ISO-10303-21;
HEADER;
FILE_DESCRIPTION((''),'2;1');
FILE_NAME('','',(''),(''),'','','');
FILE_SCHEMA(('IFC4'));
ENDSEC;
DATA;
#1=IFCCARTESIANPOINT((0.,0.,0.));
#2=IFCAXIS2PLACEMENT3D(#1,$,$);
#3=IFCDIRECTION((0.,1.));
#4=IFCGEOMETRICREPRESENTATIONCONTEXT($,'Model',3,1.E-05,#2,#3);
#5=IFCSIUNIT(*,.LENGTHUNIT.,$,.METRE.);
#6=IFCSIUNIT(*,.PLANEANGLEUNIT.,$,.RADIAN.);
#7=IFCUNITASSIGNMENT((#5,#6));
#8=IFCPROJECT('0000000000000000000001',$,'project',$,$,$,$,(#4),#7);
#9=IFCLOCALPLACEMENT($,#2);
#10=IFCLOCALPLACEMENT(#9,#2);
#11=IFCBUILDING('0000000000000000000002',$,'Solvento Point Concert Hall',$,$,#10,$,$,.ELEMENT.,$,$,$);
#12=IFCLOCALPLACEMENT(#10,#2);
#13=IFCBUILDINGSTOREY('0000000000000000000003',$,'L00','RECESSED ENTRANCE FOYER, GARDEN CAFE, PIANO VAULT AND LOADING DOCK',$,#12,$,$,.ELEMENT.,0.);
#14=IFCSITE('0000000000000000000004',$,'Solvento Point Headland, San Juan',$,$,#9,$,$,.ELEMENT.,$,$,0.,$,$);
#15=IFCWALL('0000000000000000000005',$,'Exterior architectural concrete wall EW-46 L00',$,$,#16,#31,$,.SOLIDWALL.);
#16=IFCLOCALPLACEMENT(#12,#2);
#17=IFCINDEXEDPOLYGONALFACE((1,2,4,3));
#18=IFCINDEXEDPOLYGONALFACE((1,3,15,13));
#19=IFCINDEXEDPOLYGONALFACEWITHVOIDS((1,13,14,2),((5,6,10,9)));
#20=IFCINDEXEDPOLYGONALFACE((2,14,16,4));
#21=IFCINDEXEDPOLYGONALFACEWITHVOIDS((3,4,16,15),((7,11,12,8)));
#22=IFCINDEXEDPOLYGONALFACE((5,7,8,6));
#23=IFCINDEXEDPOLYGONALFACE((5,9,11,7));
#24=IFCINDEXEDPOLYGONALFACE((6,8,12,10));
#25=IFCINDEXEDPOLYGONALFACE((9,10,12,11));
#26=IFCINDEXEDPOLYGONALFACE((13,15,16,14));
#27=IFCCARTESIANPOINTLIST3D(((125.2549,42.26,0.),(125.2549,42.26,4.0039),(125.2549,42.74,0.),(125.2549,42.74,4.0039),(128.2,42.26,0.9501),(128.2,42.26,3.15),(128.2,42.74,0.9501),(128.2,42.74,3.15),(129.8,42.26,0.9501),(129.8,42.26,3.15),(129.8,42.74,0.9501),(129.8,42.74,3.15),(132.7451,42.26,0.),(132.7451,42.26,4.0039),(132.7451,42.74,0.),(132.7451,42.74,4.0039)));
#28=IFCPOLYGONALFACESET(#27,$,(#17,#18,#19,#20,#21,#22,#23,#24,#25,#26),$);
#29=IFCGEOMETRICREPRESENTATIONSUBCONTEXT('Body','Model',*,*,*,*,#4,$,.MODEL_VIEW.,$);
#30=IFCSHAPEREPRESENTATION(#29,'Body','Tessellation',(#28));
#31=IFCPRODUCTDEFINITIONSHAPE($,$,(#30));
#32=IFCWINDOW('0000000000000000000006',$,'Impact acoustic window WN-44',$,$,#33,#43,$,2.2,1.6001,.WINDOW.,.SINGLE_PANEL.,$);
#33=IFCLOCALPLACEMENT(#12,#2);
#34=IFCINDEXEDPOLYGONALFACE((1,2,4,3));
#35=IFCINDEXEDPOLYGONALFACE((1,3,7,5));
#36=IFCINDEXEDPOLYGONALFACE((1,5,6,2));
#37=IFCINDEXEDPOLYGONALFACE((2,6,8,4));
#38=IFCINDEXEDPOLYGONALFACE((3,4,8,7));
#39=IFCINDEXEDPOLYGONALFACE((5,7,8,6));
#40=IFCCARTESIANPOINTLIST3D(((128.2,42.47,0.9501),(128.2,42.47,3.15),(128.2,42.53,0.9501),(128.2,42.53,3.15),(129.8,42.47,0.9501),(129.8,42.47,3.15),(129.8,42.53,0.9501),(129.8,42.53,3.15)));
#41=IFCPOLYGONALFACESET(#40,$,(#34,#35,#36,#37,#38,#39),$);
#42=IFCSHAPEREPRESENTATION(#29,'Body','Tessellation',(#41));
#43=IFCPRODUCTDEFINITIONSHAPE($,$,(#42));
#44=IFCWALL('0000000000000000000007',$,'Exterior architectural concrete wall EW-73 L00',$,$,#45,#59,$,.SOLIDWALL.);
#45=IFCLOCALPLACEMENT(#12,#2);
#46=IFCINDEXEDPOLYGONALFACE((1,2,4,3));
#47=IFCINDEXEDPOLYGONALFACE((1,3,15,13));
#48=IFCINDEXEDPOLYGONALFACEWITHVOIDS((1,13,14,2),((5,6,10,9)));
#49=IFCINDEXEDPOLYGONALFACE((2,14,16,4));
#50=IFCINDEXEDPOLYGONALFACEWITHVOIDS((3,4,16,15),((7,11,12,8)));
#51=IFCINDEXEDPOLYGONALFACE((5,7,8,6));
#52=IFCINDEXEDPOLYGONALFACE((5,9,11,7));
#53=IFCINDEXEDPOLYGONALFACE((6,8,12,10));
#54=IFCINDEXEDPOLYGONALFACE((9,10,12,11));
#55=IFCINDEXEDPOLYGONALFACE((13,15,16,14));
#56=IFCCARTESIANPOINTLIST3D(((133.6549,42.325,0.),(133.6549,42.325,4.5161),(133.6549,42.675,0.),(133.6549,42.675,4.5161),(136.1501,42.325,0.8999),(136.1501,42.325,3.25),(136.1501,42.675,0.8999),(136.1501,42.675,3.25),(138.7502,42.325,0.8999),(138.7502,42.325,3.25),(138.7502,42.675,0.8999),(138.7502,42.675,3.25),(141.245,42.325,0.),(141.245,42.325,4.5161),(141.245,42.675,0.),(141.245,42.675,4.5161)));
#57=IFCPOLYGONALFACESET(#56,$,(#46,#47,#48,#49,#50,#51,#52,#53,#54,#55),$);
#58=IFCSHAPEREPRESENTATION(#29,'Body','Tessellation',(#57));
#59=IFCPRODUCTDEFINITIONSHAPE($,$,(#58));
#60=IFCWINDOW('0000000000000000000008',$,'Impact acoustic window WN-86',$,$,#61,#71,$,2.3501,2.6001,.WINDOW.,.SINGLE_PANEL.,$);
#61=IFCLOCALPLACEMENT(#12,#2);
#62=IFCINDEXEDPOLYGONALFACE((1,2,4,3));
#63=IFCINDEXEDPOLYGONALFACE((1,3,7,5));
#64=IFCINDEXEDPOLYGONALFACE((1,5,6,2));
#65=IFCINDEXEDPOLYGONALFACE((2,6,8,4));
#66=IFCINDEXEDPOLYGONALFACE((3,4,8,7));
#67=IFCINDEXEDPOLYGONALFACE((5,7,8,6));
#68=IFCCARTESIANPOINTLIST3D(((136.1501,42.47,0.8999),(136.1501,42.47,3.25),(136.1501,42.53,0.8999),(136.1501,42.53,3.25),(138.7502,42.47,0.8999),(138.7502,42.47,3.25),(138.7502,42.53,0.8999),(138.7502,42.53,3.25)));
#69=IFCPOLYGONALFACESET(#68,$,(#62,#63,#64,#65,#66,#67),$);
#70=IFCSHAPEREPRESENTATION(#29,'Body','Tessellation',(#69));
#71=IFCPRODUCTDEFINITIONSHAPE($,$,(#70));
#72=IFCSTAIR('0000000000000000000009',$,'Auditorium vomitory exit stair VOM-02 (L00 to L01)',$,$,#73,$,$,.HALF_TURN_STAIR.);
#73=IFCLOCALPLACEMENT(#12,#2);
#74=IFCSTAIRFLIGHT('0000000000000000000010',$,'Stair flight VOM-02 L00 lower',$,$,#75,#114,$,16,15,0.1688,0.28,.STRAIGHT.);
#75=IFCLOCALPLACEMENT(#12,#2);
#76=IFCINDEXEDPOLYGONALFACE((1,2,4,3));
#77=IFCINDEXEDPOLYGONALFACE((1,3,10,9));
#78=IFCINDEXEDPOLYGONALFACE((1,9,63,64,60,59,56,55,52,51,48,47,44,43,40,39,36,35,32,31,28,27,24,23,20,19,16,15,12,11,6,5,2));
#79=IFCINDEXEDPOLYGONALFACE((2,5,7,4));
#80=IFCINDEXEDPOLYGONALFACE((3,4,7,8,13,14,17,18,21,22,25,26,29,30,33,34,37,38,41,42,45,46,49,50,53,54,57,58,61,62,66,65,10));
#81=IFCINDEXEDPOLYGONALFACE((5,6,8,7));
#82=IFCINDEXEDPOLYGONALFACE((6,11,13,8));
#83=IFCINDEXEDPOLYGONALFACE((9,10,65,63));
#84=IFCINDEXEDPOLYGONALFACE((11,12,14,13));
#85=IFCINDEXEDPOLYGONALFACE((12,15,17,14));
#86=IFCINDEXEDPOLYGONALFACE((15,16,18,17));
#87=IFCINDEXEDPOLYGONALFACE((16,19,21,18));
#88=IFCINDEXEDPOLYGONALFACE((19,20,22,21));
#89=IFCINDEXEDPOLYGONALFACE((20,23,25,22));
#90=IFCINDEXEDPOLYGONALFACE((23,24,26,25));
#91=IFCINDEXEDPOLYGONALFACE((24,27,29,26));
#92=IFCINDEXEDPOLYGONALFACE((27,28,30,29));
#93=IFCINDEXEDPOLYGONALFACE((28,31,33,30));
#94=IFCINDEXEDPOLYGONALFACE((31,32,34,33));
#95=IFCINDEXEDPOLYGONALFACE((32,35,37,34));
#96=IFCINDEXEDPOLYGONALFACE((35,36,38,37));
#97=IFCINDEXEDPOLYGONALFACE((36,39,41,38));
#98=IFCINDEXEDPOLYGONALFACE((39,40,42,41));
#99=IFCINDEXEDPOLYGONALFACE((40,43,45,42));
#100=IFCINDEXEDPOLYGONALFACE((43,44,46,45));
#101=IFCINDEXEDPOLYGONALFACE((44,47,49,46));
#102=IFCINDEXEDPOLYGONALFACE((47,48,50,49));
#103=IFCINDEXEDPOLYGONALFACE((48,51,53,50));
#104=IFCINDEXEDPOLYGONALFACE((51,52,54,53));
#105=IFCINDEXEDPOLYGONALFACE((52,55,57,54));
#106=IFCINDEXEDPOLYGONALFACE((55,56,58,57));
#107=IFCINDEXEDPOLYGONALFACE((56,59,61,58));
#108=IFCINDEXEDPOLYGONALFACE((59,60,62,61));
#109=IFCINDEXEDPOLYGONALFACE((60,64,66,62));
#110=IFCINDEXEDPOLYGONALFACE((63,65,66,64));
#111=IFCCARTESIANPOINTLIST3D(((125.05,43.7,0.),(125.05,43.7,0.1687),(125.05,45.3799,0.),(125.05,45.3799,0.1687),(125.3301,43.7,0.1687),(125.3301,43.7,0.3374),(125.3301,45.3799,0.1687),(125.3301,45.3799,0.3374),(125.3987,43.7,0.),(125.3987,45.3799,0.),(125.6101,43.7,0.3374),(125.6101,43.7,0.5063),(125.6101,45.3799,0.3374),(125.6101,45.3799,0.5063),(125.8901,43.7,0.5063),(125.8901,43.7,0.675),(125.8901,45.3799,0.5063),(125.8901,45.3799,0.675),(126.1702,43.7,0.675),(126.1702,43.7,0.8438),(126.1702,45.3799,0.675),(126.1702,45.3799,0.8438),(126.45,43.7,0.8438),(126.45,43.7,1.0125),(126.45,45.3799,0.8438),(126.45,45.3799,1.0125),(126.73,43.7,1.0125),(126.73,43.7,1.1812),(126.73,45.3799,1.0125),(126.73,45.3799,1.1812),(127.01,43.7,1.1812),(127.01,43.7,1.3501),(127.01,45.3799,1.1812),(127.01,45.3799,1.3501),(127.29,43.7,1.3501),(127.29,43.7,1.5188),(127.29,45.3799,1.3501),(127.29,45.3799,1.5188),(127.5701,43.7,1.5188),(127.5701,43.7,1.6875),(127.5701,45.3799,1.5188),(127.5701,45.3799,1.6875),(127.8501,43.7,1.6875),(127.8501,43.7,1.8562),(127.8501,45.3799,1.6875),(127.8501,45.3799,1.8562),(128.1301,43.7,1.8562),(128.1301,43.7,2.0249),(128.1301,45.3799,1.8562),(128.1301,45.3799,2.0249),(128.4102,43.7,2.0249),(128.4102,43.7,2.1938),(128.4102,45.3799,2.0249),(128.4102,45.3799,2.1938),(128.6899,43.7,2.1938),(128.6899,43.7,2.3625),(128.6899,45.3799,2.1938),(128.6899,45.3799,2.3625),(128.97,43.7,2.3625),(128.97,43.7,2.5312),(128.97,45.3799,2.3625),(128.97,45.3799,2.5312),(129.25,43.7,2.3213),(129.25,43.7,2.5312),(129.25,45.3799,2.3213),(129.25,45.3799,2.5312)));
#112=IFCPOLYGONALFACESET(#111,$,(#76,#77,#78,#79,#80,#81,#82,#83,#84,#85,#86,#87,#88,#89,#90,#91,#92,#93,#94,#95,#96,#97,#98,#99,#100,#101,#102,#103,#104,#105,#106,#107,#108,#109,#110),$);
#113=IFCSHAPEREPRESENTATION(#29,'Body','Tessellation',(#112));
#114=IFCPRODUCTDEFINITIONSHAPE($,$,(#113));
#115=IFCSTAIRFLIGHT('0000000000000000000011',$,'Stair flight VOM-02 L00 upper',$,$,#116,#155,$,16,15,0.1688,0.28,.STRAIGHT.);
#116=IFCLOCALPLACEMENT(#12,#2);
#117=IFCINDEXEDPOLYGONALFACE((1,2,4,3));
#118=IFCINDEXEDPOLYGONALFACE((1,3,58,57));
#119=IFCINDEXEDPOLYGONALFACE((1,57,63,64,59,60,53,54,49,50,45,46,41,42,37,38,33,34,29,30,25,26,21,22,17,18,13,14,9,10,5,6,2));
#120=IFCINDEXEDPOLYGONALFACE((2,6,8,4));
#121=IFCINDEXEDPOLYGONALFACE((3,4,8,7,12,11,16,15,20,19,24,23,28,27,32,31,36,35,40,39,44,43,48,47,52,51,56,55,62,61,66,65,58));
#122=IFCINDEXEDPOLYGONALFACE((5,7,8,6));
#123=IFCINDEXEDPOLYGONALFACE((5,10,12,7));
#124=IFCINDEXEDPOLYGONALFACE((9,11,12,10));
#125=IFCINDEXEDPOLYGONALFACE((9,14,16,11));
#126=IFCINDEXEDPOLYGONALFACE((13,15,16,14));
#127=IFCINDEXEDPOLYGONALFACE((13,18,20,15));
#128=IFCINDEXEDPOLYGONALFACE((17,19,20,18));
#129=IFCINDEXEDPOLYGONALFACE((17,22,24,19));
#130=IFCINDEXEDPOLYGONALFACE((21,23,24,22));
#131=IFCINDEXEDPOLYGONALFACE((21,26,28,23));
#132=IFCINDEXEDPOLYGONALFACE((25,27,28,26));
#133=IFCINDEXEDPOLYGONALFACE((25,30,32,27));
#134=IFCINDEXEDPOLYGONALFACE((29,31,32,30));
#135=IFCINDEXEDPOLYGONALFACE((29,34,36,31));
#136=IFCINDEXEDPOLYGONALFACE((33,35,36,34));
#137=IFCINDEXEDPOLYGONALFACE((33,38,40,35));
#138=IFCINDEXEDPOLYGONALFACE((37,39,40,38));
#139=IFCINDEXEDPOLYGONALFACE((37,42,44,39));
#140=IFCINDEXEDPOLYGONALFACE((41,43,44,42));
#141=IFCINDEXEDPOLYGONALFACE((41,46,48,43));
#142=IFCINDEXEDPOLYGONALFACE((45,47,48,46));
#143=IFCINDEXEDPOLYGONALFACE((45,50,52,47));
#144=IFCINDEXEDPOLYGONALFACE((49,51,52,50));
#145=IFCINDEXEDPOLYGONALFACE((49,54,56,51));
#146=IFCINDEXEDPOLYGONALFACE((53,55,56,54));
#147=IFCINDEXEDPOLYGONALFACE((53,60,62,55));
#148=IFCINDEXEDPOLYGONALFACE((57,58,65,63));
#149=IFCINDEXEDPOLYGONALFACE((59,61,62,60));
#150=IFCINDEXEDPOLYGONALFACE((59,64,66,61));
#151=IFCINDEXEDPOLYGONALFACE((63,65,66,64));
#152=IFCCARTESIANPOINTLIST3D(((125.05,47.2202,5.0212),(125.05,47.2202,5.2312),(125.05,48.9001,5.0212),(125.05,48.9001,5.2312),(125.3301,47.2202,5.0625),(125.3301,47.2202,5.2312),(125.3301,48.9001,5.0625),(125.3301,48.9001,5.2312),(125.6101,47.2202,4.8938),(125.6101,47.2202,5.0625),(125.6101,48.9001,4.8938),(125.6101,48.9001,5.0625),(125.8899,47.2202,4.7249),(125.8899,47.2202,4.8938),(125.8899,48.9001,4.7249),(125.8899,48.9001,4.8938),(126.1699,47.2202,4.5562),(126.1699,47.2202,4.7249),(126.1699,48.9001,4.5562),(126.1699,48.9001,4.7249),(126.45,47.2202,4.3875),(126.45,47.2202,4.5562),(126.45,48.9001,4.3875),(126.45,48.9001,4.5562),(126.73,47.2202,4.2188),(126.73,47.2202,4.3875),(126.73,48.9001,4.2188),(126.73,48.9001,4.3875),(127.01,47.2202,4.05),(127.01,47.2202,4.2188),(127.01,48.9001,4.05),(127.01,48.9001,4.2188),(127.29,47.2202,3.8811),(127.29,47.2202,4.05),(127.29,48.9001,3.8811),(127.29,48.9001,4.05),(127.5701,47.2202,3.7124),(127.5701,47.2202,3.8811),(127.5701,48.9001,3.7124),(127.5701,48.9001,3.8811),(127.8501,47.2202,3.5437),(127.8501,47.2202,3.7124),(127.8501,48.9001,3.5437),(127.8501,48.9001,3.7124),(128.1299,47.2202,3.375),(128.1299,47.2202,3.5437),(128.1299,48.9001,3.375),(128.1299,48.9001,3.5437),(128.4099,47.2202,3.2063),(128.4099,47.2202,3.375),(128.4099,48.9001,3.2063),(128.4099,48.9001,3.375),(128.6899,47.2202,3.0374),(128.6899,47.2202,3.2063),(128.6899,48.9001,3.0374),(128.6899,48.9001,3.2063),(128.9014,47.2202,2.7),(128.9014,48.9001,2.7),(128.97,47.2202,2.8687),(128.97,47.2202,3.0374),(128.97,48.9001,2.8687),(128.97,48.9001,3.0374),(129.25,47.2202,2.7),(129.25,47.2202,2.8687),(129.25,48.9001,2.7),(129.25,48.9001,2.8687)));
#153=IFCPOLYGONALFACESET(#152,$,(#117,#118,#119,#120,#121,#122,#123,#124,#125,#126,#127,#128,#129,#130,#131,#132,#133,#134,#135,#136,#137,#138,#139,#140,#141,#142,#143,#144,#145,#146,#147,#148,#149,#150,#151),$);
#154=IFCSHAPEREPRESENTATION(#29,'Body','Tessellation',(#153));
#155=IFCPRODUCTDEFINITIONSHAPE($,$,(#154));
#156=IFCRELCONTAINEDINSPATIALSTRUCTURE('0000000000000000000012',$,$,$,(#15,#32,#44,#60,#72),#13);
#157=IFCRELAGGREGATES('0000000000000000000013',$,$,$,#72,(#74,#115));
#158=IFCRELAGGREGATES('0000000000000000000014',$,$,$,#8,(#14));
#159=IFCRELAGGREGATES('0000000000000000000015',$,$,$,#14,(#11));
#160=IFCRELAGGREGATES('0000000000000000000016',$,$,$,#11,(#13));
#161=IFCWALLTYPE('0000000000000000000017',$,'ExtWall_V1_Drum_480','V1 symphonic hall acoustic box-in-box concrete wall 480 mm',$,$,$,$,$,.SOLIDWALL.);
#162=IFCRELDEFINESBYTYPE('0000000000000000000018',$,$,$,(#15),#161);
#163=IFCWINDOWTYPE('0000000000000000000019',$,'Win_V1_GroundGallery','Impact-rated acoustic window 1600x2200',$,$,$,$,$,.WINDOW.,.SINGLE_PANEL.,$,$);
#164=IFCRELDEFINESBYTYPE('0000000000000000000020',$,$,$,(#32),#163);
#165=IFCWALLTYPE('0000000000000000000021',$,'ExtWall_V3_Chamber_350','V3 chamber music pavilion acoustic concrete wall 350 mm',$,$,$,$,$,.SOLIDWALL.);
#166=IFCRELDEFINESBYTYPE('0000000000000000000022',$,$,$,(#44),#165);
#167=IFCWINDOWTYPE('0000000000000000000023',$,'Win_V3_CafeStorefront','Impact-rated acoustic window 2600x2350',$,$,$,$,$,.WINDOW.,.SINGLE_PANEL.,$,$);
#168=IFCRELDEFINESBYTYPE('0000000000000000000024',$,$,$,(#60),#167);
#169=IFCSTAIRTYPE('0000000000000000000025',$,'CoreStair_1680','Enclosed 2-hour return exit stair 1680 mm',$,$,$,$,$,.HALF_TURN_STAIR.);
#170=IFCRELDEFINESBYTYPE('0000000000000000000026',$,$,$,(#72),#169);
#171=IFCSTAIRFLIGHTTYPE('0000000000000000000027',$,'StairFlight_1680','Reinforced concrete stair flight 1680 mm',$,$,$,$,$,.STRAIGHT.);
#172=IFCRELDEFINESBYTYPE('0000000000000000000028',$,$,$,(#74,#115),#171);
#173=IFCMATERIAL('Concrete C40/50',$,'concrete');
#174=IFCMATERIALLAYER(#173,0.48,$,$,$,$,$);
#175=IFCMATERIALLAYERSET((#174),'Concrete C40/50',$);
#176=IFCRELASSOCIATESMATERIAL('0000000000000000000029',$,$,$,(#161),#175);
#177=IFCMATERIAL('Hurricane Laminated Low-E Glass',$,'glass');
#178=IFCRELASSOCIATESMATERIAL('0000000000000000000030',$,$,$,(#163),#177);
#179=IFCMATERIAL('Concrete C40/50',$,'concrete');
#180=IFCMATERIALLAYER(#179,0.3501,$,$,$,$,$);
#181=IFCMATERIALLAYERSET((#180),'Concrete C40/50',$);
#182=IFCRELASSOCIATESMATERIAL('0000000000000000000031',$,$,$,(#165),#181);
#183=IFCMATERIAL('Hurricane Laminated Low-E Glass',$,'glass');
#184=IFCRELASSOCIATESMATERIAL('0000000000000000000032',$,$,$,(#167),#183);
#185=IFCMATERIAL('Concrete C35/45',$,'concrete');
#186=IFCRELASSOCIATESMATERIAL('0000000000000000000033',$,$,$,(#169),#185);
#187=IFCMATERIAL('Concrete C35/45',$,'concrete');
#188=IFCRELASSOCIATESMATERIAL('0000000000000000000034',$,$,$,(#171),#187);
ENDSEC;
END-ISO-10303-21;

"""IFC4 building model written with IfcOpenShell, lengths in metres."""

from ifc_helpers import new_model, si_unit, direction, frame, frame_2d, origin, place, context, subcontext, project, spatial, polyline, rectangle, outline, extrude, material, layer, layer_set, type_object, element, fill, aggregate, save


model = new_model("IFC4")

# Units and contexts
model_context = context("Model", 3, precision=1e-05, world=origin(), true_north=direction((0.0, 1.0)))
body_context = subcontext(model_context, "Body", "Model", "MODEL_VIEW")
ifc_project = project(units=[si_unit("LENGTHUNIT", "METRE"), si_unit("PLANEANGLEUNIT", "RADIAN")], contexts=[model_context])

# Site, building, storey
site_placement = place(None, origin())
site = spatial("IfcSite", under=ifc_project, at=site_placement, Name="Solvento Point Headland, San Juan", CompositionType="ELEMENT", RefElevation=0.0)
building_placement = place(site_placement, origin())
building = spatial("IfcBuilding", under=site, at=building_placement, Name="Solvento Point Concert Hall", CompositionType="ELEMENT")
storey_placement = place(building_placement, origin())
storey = spatial("IfcBuildingStorey", under=building, at=storey_placement, Name="L00", Description="RECESSED ENTRANCE FOYER, GARDEN CAFE, PIANO VAULT AND LOADING DOCK", CompositionType="ELEMENT", Elevation=0.0)

# Shared definitions
ifc_material_1 = material(Name="Concrete C40/50", Category="concrete")
ifc_layer_1 = layer(ifc_material_1, 0.48)
ifc_layer_set_1 = layer_set([ifc_layer_1], Name="Concrete C40/50")
wall_type_1 = type_object("IfcWallType", Name="ExtWall_V1_Drum_480", Description="V1 symphonic hall acoustic box-in-box concrete wall 480 mm", PredefinedType="SOLIDWALL", material=ifc_layer_set_1)

# Walls, openings, windows
wall_1_placement = place(storey_placement, frame((132.7451, 42.5, 0.0), z_axis=(0.0, 0.0, 1.0), x_axis=(-1.0, 0.0, 0.0)))
wall_1 = element("IfcWall", 1, at=wall_1_placement, inside=storey, type_object=wall_type_1, Name="Exterior architectural concrete wall EW-46 L00", PredefinedType="SOLIDWALL", context=body_context, shape_type="SweptSolid", body=[
    extrude(rectangle(XDim=7.4902, YDim=0.48, at=frame_2d((3.7451, 0.0))), origin(), (0.0, 0.0, 1.0), 4.0039),
])
opening_1_placement = place(wall_1_placement, frame((2.9451, 0.0, 0.95)))
opening_1 = element("IfcOpeningElement", 2, at=opening_1_placement, cuts=wall_1, PredefinedType="OPENING", context=body_context, shape_type="SweptSolid", body=[
    extrude(rectangle(XDim=1.6001, YDim=2.2, at=frame_2d((0.8, 1.1001))), frame((0.0, 0.25, 0.0), z_axis=(0.0, -1.0, 0.0), x_axis=(1.0, 0.0, 0.0)), (0.0, 0.0, 1.0), 0.5),
])
ifc_material_2 = material(Name="Hurricane Laminated Low-E Glass", Category="glass")
window_type_1 = type_object("IfcWindowType", Name="Win_V1_GroundGallery", Description="Impact-rated acoustic window 1600x2200", PartitioningType="SINGLE_PANEL", PredefinedType="WINDOW", material=ifc_material_2)
window_1_placement = place(opening_1_placement, origin())
window_1 = element("IfcWindow", 3, at=window_1_placement, inside=storey, type_object=window_type_1, Name="Impact acoustic window WN-44", OverallHeight=2.2, OverallWidth=1.6001, PartitioningType="SINGLE_PANEL", PredefinedType="WINDOW", context=body_context, shape_type="SweptSolid", body=[
    extrude(rectangle(XDim=1.6001, YDim=2.2, at=frame_2d((0.8, 1.1001))), frame((0.0, 0.03, 0.0), z_axis=(0.0, -1.0, 0.0), x_axis=(1.0, 0.0, 0.0)), (0.0, 0.0, 1.0), 0.0601),
])
fill(opening_1, window_1)
ifc_material_3 = material(Name="Concrete C40/50", Category="concrete")
ifc_layer_2 = layer(ifc_material_3, 0.3501)
ifc_layer_set_2 = layer_set([ifc_layer_2], Name="Concrete C40/50")
wall_type_2 = type_object("IfcWallType", Name="ExtWall_V3_Chamber_350", Description="V3 chamber music pavilion acoustic concrete wall 350 mm", PredefinedType="SOLIDWALL", material=ifc_layer_set_2)
wall_2_placement = place(storey_placement, frame((133.655, 42.5, 0.0), z_axis=(0.0, 0.0, 1.0), x_axis=(1.0, 0.0, 0.0)))
wall_2 = element("IfcWall", 4, at=wall_2_placement, inside=storey, type_object=wall_type_2, Name="Exterior architectural concrete wall EW-73 L00", PredefinedType="SOLIDWALL", context=body_context, shape_type="SweptSolid", body=[
    extrude(rectangle(XDim=7.5901, YDim=0.3501, at=frame_2d((3.7949, 0.0))), origin(), (0.0, 0.0, 1.0), 4.5161),
])
opening_2_placement = place(wall_2_placement, frame((2.4951, 0.0, 0.8999)))
opening_2 = element("IfcOpeningElement", 5, at=opening_2_placement, cuts=wall_2, PredefinedType="OPENING", context=body_context, shape_type="SweptSolid", body=[
    extrude(rectangle(XDim=2.6001, YDim=2.3501, at=frame_2d((1.3, 1.175))), frame((0.0, 0.1851, 0.0), z_axis=(0.0, -1.0, 0.0), x_axis=(1.0, 0.0, 0.0)), (0.0, 0.0, 1.0), 0.3701),
])
ifc_material_4 = material(Name="Hurricane Laminated Low-E Glass", Category="glass")
window_type_2 = type_object("IfcWindowType", Name="Win_V3_CafeStorefront", Description="Impact-rated acoustic window 2600x2350", PartitioningType="SINGLE_PANEL", PredefinedType="WINDOW", material=ifc_material_4)
window_2_placement = place(opening_2_placement, origin())
window_2 = element("IfcWindow", 6, at=window_2_placement, inside=storey, type_object=window_type_2, Name="Impact acoustic window WN-86", OverallHeight=2.3501, OverallWidth=2.6001, PartitioningType="SINGLE_PANEL", PredefinedType="WINDOW", context=body_context, shape_type="SweptSolid", body=[
    extrude(rectangle(XDim=2.6001, YDim=2.3501, at=frame_2d((1.3, 1.175))), frame((0.0, 0.03, 0.0), z_axis=(0.0, -1.0, 0.0), x_axis=(1.0, 0.0, 0.0)), (0.0, 0.0, 1.0), 0.0601),
])
fill(opening_2, window_2)

# Stair, stair flights
ifc_material_5 = material(Name="Concrete C35/45", Category="concrete")
stair_type = type_object("IfcStairType", Name="CoreStair_1680", Description="Enclosed 2-hour return exit stair 1680 mm", PredefinedType="HALF_TURN_STAIR", material=ifc_material_5)
stair_placement = place(storey_placement, origin())
stair = element("IfcStair", 7, at=stair_placement, inside=storey, type_object=stair_type, Name="Auditorium vomitory exit stair VOM-02 (L00 to L01)", PredefinedType="HALF_TURN_STAIR")
ifc_material_6 = material(Name="Concrete C35/45", Category="concrete")
stair_flight_type = type_object("IfcStairFlightType", Name="StairFlight_1680", Description="Reinforced concrete stair flight 1680 mm", PredefinedType="STRAIGHT", material=ifc_material_6)
stair_flight_1_placement = place(storey_placement, frame((125.05, 44.54, 0.0), z_axis=(0.0, 0.0, 1.0), x_axis=(1.0, 0.0, 0.0)))
stair_flight_1 = element("IfcStairFlight", 8, at=stair_flight_1_placement, type_object=stair_flight_type, Name="Stair flight VOM-02 L00 lower", NumberOfRisers=16, NumberOfTreads=15, PredefinedType="STRAIGHT", RiserHeight=0.1688, TreadLength=0.28, context=body_context, shape_type="SweptSolid", body=[
    extrude(outline(polyline([(0.0, 0.0), (0.0, 0.1687), (0.28, 0.1687), (0.28, 0.3374), (0.5601, 0.3374), (0.5601, 0.5063), (0.8401, 0.5063), (0.8401, 0.675), (1.1201, 0.675), (1.1201, 0.8438), (1.3999, 0.8438), (1.3999, 1.0125), (1.6799, 1.0125), (1.6799, 1.1812), (1.96, 1.1812), (1.96, 1.3501), (2.24, 1.3501), (2.24, 1.5188), (2.52, 1.5188), (2.52, 1.6875), (2.8, 1.6875), (2.8, 1.8562), (3.0801, 1.8562), (3.0801, 2.0249), (3.3601, 2.0249), (3.3601, 2.1938), (3.6399, 2.1938), (3.6399, 2.3625), (3.9199, 2.3625), (3.9199, 2.5312), (4.2, 2.5312), (4.2, 2.7), (4.2, 2.3213), (0.3486, 0.0), (0.0, 0.0)])), frame((0.0, 0.8398, 0.0), z_axis=(0.0, -1.0, 0.0), x_axis=(1.0, 0.0, 0.0)), (0.0, 0.0, 1.0), 1.6799),
])
stair_flight_2_placement = place(storey_placement, frame((129.25, 48.0601, 2.7), z_axis=(0.0, 0.0, 1.0), x_axis=(-1.0, 0.0, 0.0)))
stair_flight_2 = element("IfcStairFlight", 9, at=stair_flight_2_placement, type_object=stair_flight_type, Name="Stair flight VOM-02 L00 upper", NumberOfRisers=16, NumberOfTreads=15, PredefinedType="STRAIGHT", RiserHeight=0.1688, TreadLength=0.28, context=body_context, shape_type="SweptSolid", body=[
    extrude(outline(polyline([(0.0, 0.0), (0.0, 0.1687), (0.28, 0.1687), (0.28, 0.3374), (0.5601, 0.3374), (0.5601, 0.5063), (0.8401, 0.5063), (0.8401, 0.675), (1.1201, 0.675), (1.1201, 0.8438), (1.3999, 0.8438), (1.3999, 1.0125), (1.6799, 1.0125), (1.6799, 1.1812), (1.96, 1.1812), (1.96, 1.3501), (2.24, 1.3501), (2.24, 1.5188), (2.52, 1.5188), (2.52, 1.6875), (2.8, 1.6875), (2.8, 1.8562), (3.0801, 1.8562), (3.0801, 2.0249), (3.3601, 2.0249), (3.3601, 2.1938), (3.6399, 2.1938), (3.6399, 2.3625), (3.9199, 2.3625), (3.9199, 2.5312), (4.2, 2.5312), (4.2, 2.7), (4.2, 2.3213), (0.3486, 0.0), (0.0, 0.0)])), frame((0.0, 0.8398, 0.0), z_axis=(0.0, -1.0, 0.0), x_axis=(1.0, 0.0, 0.0)), (0.0, 0.0, 1.0), 1.6799),
])
aggregate(stair, [stair_flight_1, stair_flight_2])

save(model, "model.ifc")
